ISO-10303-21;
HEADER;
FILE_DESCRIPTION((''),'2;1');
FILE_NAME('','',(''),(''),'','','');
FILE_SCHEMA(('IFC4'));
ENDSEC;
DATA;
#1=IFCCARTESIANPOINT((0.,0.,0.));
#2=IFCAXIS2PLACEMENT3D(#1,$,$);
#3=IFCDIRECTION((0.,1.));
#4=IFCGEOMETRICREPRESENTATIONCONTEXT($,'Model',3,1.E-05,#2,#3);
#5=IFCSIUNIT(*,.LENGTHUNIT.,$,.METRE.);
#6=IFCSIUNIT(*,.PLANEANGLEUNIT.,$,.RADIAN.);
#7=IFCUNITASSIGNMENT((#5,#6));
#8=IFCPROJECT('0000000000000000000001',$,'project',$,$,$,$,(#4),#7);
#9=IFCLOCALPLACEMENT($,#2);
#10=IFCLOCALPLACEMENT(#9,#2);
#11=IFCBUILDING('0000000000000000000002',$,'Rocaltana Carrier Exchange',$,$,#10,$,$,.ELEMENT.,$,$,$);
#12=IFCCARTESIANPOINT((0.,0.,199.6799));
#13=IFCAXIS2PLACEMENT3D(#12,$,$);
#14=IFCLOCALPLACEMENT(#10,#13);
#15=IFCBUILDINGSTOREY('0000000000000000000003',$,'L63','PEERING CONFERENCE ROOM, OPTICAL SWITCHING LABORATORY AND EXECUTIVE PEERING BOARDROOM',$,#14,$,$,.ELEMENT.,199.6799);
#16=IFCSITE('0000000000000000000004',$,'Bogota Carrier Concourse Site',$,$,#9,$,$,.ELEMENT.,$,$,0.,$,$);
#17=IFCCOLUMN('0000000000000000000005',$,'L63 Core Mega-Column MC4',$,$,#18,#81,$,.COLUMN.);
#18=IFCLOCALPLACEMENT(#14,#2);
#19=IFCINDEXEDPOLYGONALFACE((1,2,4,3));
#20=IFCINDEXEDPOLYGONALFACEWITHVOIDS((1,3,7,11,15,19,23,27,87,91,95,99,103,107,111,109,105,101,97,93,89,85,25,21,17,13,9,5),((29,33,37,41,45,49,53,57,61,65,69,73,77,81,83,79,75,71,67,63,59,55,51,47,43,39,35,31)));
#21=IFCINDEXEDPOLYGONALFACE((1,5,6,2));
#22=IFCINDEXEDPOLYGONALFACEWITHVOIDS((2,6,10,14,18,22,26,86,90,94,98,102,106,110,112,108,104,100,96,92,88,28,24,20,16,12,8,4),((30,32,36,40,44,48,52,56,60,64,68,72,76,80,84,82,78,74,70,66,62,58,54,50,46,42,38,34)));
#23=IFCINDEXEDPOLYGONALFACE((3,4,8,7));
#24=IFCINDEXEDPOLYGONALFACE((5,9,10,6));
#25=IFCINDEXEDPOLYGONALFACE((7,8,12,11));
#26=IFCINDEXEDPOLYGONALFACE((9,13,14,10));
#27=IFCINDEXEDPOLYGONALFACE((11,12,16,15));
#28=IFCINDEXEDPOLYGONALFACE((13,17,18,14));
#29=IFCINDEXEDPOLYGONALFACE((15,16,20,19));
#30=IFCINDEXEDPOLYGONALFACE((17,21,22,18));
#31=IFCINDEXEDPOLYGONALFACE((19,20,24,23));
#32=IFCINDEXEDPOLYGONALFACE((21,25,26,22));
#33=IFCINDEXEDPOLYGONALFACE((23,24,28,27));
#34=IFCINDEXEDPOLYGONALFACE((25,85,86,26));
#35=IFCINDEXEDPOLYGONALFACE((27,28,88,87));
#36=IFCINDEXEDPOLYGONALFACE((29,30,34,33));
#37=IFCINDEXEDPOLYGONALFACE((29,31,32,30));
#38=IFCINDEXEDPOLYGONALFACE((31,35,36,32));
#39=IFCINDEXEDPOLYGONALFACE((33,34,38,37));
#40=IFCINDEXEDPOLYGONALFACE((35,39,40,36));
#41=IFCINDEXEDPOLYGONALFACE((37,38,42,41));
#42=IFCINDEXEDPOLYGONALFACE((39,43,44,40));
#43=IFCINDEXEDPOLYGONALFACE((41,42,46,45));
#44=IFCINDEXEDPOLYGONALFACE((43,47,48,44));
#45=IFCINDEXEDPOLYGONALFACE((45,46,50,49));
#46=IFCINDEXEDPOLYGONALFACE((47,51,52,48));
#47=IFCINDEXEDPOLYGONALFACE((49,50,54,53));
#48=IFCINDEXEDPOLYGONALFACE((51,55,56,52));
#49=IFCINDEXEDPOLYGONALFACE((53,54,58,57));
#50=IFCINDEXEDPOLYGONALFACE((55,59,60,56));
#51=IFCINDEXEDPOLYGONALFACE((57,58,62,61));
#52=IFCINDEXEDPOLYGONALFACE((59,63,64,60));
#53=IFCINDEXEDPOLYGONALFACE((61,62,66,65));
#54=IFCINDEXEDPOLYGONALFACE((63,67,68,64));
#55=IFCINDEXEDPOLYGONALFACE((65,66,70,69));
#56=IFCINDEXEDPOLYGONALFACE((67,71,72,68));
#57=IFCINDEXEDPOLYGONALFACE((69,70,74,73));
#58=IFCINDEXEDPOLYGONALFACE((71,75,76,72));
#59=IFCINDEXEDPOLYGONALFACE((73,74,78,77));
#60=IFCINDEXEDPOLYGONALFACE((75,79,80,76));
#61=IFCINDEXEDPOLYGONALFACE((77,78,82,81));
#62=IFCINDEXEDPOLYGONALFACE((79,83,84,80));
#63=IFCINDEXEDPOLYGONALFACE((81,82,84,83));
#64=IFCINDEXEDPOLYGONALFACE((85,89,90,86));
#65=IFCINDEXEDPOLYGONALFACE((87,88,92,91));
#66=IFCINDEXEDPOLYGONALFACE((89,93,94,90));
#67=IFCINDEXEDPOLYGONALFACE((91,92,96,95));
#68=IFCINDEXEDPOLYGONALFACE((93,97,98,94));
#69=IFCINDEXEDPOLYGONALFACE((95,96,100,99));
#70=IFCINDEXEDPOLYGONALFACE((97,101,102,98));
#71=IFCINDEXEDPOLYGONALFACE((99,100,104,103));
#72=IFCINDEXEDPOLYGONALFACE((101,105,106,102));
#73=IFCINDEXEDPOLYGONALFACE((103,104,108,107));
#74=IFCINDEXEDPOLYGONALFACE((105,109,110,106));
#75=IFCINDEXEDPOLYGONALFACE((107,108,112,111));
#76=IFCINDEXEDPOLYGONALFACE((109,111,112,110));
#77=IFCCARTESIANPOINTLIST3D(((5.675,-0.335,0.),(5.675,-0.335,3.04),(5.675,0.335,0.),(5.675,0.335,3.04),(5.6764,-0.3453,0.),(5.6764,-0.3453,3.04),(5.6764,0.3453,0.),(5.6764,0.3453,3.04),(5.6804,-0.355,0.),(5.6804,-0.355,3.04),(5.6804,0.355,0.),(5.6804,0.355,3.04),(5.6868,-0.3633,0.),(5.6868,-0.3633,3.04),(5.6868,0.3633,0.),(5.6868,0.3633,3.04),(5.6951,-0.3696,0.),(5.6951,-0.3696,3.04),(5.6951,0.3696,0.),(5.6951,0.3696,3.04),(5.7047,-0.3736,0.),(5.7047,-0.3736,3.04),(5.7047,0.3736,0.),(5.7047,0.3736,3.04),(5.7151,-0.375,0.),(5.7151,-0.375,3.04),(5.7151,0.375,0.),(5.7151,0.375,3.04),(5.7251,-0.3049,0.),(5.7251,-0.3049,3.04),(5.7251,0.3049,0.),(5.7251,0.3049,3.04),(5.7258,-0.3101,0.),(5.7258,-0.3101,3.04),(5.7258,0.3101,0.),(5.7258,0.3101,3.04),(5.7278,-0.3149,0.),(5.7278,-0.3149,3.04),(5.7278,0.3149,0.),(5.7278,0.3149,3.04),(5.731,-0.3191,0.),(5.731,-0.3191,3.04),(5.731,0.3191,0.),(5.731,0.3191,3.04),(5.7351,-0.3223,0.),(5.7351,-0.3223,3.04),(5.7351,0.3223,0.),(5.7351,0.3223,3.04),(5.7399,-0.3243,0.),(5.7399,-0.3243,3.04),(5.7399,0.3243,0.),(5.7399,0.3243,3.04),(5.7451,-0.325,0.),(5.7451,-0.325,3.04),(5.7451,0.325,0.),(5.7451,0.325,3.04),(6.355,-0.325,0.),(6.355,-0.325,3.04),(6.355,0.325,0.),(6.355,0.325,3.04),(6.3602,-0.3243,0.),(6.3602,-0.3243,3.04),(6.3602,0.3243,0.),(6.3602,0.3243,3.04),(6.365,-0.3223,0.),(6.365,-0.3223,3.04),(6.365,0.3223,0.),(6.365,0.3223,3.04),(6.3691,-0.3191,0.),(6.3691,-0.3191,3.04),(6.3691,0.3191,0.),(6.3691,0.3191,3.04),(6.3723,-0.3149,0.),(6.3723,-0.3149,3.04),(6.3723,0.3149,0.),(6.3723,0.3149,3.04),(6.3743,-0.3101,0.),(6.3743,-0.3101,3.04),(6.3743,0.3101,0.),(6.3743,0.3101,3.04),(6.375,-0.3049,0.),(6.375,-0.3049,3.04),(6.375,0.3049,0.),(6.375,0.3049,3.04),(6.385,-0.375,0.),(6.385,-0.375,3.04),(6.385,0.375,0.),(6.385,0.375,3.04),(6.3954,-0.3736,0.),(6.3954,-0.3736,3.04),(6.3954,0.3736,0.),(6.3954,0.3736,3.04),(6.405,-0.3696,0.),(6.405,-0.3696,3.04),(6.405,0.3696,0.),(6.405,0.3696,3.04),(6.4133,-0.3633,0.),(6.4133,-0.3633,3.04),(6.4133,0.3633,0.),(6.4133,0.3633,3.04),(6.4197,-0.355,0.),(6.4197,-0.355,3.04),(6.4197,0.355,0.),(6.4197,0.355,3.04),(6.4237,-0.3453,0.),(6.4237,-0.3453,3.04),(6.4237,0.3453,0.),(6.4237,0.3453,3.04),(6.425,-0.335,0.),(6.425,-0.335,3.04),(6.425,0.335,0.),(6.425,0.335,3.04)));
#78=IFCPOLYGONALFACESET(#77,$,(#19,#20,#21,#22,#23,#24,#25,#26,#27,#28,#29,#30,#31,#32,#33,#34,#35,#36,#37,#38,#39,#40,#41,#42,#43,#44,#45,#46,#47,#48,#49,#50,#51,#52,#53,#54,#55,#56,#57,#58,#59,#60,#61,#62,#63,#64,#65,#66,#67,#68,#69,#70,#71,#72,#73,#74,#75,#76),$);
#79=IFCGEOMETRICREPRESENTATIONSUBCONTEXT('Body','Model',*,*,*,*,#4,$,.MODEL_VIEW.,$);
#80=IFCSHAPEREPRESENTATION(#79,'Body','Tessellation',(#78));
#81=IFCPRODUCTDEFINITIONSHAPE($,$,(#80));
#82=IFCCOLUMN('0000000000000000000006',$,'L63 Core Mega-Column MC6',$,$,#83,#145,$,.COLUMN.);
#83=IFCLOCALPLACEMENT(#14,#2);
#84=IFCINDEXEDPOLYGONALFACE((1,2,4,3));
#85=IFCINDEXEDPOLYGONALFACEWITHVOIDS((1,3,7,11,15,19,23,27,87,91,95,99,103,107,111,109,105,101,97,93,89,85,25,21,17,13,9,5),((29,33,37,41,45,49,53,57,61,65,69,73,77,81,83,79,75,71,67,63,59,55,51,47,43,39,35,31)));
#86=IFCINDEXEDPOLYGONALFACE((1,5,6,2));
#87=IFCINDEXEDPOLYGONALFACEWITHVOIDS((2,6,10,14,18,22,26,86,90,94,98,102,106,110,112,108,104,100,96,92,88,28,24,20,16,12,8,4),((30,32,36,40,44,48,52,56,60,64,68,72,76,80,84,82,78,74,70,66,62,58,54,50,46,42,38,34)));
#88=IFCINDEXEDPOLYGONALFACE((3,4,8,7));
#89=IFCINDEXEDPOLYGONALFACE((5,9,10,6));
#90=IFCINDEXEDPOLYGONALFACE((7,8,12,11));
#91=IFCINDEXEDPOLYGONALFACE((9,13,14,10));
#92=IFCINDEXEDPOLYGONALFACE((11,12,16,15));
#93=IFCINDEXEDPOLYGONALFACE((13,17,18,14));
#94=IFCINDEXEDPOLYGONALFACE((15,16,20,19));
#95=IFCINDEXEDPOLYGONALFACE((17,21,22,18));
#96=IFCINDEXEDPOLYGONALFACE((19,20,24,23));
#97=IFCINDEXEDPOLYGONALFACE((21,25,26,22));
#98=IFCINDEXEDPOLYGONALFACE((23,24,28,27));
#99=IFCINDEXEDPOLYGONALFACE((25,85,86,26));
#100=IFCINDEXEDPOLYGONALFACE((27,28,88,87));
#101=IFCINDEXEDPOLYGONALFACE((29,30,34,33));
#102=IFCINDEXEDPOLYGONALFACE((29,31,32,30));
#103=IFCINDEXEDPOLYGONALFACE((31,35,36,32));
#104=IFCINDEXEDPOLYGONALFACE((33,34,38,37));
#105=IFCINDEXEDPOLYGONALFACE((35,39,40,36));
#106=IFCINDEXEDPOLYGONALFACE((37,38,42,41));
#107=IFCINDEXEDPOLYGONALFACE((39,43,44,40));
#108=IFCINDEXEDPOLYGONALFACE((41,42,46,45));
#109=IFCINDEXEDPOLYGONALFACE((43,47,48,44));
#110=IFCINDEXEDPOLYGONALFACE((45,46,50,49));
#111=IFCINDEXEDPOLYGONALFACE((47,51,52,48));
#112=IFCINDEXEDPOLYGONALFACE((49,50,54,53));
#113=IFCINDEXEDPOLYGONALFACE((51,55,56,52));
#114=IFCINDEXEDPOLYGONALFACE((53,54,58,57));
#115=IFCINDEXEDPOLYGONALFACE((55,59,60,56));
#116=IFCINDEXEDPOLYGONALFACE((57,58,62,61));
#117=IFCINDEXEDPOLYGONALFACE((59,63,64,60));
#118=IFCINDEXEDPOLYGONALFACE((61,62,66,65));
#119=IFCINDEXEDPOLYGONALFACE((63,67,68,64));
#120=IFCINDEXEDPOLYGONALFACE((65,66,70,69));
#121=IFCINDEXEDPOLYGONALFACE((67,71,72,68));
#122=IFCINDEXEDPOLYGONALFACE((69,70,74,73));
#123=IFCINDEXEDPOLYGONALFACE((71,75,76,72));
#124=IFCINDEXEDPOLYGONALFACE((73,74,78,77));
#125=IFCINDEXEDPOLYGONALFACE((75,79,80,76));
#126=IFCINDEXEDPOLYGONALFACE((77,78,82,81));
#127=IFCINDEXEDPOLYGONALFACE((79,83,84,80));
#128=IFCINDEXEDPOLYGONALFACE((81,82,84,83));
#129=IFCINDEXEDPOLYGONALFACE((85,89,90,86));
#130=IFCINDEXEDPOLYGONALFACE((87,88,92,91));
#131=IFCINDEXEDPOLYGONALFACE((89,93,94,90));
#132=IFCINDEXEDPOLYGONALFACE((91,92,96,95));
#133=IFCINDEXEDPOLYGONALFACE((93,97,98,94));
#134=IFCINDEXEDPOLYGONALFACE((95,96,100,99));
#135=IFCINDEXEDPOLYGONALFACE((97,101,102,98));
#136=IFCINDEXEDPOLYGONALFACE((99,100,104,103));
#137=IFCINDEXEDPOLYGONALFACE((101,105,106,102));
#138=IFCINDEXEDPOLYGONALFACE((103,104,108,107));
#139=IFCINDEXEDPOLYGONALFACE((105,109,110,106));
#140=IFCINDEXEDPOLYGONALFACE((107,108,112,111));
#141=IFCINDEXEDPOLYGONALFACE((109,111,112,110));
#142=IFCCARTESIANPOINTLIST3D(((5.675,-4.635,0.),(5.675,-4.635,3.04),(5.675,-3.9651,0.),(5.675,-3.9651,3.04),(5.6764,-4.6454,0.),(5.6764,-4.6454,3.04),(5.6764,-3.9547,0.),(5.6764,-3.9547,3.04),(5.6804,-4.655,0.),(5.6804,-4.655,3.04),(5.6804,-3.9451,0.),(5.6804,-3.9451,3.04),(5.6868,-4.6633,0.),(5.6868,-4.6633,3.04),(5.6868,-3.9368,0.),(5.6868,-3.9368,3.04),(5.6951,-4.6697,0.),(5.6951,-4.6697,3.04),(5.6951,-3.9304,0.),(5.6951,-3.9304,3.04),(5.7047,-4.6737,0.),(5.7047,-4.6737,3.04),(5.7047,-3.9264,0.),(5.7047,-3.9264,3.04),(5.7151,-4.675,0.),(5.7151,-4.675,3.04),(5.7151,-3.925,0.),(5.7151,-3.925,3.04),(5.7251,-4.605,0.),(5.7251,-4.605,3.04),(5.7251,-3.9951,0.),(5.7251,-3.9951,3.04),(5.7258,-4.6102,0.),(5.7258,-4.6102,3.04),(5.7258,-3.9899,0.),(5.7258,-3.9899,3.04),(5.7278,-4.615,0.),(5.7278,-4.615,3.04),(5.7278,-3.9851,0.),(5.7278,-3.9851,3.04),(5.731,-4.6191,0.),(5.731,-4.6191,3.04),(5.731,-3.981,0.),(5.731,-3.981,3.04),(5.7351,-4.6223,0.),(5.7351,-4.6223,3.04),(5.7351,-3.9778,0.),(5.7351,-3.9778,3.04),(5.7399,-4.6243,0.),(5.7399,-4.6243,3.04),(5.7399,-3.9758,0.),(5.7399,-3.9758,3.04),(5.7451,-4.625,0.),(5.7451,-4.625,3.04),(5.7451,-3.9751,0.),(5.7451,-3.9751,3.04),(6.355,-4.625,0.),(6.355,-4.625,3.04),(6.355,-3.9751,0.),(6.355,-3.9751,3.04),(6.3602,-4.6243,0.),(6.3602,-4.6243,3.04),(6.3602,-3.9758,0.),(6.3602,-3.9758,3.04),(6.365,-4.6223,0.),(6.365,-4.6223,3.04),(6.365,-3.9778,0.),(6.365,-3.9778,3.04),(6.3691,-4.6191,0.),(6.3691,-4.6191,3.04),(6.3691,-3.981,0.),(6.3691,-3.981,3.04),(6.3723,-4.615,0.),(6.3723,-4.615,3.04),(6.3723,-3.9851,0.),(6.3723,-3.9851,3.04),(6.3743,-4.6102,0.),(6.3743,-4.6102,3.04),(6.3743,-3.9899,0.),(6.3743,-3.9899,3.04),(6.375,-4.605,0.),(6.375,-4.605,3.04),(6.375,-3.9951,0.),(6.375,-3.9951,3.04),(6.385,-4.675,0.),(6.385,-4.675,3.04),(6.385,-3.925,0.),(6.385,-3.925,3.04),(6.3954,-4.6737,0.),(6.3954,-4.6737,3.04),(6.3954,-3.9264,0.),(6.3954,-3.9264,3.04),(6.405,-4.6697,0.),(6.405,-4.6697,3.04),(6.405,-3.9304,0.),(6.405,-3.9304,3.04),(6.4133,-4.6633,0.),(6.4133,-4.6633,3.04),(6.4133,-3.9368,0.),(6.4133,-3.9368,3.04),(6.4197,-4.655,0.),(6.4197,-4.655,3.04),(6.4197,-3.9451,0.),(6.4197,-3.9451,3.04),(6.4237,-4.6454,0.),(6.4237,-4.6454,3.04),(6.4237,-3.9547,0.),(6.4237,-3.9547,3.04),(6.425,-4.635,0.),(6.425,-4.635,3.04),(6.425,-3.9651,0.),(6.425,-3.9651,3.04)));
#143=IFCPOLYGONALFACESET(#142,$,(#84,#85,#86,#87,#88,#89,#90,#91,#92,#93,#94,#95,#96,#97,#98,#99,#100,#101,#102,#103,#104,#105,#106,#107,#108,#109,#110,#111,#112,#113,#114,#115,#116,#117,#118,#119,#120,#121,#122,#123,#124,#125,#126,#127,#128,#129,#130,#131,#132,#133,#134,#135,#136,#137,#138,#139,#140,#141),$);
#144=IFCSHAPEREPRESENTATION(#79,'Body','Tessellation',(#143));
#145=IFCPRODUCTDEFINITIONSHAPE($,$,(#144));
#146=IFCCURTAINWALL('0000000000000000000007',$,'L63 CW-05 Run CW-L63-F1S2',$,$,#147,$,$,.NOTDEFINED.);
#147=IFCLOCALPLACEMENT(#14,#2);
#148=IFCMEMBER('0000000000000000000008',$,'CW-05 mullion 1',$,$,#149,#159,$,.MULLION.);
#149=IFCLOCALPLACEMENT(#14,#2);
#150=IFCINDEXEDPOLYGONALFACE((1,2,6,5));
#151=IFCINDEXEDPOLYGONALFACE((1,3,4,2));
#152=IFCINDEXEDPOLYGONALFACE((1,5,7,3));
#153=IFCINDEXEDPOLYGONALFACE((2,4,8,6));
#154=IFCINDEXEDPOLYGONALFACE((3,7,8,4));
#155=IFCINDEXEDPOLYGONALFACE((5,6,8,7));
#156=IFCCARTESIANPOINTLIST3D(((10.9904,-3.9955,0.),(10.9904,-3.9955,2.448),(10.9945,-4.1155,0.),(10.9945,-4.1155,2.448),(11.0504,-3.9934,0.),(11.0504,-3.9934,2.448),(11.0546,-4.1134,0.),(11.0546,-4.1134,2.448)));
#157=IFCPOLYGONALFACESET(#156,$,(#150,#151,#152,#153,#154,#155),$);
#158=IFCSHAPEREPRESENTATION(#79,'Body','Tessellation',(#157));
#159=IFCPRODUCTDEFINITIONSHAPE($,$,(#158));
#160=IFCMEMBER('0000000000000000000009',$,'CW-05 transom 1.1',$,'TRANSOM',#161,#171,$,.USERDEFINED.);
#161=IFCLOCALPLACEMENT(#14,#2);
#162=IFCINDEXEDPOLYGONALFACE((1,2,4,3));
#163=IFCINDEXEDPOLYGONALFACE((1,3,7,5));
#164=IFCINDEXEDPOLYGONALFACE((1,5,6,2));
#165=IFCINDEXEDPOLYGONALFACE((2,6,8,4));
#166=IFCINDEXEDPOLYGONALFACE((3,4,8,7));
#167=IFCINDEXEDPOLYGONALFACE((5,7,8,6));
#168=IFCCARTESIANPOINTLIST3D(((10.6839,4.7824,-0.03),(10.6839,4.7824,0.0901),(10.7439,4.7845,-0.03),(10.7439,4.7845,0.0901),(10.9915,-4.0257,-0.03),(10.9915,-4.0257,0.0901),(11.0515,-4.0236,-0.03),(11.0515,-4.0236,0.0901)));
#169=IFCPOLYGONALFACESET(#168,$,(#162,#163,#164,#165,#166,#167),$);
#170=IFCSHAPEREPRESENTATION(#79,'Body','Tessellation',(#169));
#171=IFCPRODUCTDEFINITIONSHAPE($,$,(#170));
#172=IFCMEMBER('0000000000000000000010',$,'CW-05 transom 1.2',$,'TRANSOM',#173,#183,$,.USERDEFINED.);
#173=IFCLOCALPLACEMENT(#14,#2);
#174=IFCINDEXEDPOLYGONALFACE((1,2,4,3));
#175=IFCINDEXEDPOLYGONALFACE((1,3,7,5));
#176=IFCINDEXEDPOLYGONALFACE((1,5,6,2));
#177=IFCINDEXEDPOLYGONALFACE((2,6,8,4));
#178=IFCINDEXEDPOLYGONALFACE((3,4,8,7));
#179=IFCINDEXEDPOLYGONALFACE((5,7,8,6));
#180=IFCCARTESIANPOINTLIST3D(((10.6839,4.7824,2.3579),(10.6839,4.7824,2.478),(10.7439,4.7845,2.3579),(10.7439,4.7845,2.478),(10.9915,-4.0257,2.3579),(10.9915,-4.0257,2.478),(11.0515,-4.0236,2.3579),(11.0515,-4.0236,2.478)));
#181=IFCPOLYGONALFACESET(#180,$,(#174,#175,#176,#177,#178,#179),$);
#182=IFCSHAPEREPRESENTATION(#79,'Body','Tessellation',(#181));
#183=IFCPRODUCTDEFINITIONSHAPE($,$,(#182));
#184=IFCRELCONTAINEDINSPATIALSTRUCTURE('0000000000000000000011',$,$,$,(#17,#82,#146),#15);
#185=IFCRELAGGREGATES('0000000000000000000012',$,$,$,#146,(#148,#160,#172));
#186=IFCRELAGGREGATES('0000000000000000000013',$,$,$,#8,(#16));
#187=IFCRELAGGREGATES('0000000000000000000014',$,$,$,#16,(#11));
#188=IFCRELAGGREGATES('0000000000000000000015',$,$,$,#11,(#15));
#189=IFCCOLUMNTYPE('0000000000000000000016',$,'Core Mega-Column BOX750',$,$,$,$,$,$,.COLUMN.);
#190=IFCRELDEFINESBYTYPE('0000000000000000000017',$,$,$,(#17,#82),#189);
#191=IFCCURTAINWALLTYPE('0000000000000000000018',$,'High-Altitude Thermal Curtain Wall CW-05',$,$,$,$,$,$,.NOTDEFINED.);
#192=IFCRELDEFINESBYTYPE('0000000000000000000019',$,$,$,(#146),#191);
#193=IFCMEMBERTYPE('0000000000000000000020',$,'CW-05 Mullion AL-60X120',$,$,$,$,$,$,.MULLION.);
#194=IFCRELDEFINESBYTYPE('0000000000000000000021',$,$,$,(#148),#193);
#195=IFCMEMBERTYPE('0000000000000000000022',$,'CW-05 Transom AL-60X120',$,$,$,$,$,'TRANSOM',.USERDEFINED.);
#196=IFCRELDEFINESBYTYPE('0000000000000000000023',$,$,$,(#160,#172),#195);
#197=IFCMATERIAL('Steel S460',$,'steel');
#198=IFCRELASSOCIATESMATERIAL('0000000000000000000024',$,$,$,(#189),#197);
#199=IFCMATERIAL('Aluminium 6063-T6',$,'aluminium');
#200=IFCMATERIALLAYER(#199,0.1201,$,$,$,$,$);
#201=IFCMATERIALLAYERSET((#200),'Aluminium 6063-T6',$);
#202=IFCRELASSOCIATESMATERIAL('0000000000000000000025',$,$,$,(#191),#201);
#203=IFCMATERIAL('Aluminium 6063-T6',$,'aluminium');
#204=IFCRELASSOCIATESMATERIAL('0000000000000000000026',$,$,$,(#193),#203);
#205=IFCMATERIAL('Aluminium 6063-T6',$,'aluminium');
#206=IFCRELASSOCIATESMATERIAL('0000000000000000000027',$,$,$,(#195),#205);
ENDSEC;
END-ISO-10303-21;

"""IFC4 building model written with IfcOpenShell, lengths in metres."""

from ifc_helpers import new_model, si_unit, direction, frame, origin, origin_2d, place, context, subcontext, project, spatial, rectangle, hollow_rectangle, extrude, material, layer, layer_set, material_profile, profile_set, type_object, element, aggregate, save


model = new_model("IFC4")

# Units and contexts
model_context = context("Model", 3, precision=1e-05, world=origin(), true_north=direction((0.0, 1.0)))
body_context = subcontext(model_context, "Body", "Model", "MODEL_VIEW")
ifc_project = project(units=[si_unit("LENGTHUNIT", "METRE"), si_unit("PLANEANGLEUNIT", "RADIAN")], contexts=[model_context])

# Site, building, storey
site_placement = place(None, origin())
site = spatial("IfcSite", under=ifc_project, at=site_placement, Name="Bogota Carrier Concourse Site", CompositionType="ELEMENT", RefElevation=0.0)
building_placement = place(site_placement, origin())
building = spatial("IfcBuilding", under=site, at=building_placement, Name="Rocaltana Carrier Exchange", CompositionType="ELEMENT")
storey_placement = place(building_placement, frame((0.0, 0.0, 199.6799)))
storey = spatial("IfcBuildingStorey", under=building, at=storey_placement, Name="L63", Description="PEERING CONFERENCE ROOM, OPTICAL SWITCHING LABORATORY AND EXECUTIVE PEERING BOARDROOM", CompositionType="ELEMENT", Elevation=199.6799)

# Columns
ifc_material_1 = material(Name="Steel S460", Category="steel")
ifc_material_profile_1 = material_profile(ifc_material_1, hollow_rectangle(XDim=0.75, YDim=0.75, WallThickness=0.05, InnerFilletRadius=0.02, OuterFilletRadius=0.04, at=origin_2d()), Name="BOX750X750X50")
ifc_profile_set_1 = profile_set([ifc_material_profile_1], Name="Steel S460")
column_type = type_object("IfcColumnType", Name="Core Mega-Column BOX750", PredefinedType="COLUMN", material=ifc_profile_set_1)
for number, where, z_axis, x_axis, name in (
    (1, (6.05, 0.0, 0.0), (0.0, 0.0, 1.0), (1.0, 0.0, 0.0), "L63 Core Mega-Column MC4"),
    (2, (6.05, -4.3, 0.0), (0.0, 0.0, 1.0), (1.0, 0.0, 0.0), "L63 Core Mega-Column MC6"),
):
    element("IfcColumn", number, at=place(storey_placement, frame(where, z_axis=z_axis, x_axis=x_axis)), inside=storey, type_object=column_type, Name=name, PredefinedType="COLUMN", context=body_context, shape_type="SweptSolid", body=[
        extrude(hollow_rectangle(XDim=0.75, YDim=0.75, WallThickness=0.05, InnerFilletRadius=0.02, OuterFilletRadius=0.04, at=origin_2d()), origin(), (0.0, 0.0, 1.0), 3.04),
    ])

# Curtain wall, members
ifc_material_2 = material(Name="Aluminium 6063-T6", Category="aluminium")
ifc_layer_1 = layer(ifc_material_2, 0.1201)
ifc_layer_set_1 = layer_set([ifc_layer_1], Name="Aluminium 6063-T6")
curtain_wall_type = type_object("IfcCurtainWallType", Name="High-Altitude Thermal Curtain Wall CW-05", PredefinedType="NOTDEFINED", material=ifc_layer_set_1)
curtain_wall_placement = place(storey_placement, origin())
curtain_wall = element("IfcCurtainWall", 3, at=curtain_wall_placement, inside=storey, type_object=curtain_wall_type, Name="L63 CW-05 Run CW-L63-F1S2", PredefinedType="NOTDEFINED")
ifc_material_3 = material(Name="Aluminium 6063-T6", Category="aluminium")
ifc_material_profile_2 = material_profile(ifc_material_3, rectangle(XDim=0.0601, YDim=0.1201, at=origin_2d()), Name="AL-60X120")
ifc_profile_set_2 = profile_set([ifc_material_profile_2], Name="Aluminium 6063-T6")
member_type_1 = type_object("IfcMemberType", Name="CW-05 Mullion AL-60X120", PredefinedType="MULLION", material=ifc_profile_set_2)
member_1_placement = place(storey_placement, frame((11.0225, -4.0544, 0.0), z_axis=(0.0, 0.0, 1.0), x_axis=(-0.999391, -0.034903, 0.0)))
member_1 = element("IfcMember", 4, at=member_1_placement, type_object=member_type_1, Name="CW-05 mullion 1", PredefinedType="MULLION", context=body_context, shape_type="SweptSolid", body=[
    extrude(rectangle(XDim=0.0601, YDim=0.1201, at=origin_2d()), origin(), (0.0, 0.0, 1.0), 2.448),
])
ifc_material_4 = material(Name="Aluminium 6063-T6", Category="aluminium")
ifc_material_profile_3 = material_profile(ifc_material_4, rectangle(XDim=0.0601, YDim=0.1201, at=origin_2d()), Name="AL-60X120")
ifc_profile_set_3 = profile_set([ifc_material_profile_3], Name="Aluminium 6063-T6")
member_type_2 = type_object("IfcMemberType", Name="CW-05 Transom AL-60X120", ElementType="TRANSOM", PredefinedType="USERDEFINED", material=ifc_profile_set_3)
member_2_placement = place(storey_placement, frame((11.0215, -4.0247, 0.03), z_axis=(-0.034903, 0.999391, 0.0), x_axis=(-0.999391, -0.034903, 0.0)))
member_2 = element("IfcMember", 5, at=member_2_placement, type_object=member_type_2, Name="CW-05 transom 1.1", ObjectType="TRANSOM", PredefinedType="USERDEFINED", context=body_context, shape_type="SweptSolid", body=[
    extrude(rectangle(XDim=0.0601, YDim=0.1201, at=origin_2d()), origin(), (0.0, 0.0, 1.0), 8.8135),
])
member_3_placement = place(storey_placement, frame((11.0215, -4.0247, 2.418), z_axis=(-0.034903, 0.999391, 0.0), x_axis=(-0.999391, -0.034903, 0.0)))
member_3 = element("IfcMember", 6, at=member_3_placement, type_object=member_type_2, Name="CW-05 transom 1.2", ObjectType="TRANSOM", PredefinedType="USERDEFINED", context=body_context, shape_type="SweptSolid", body=[
    extrude(rectangle(XDim=0.0601, YDim=0.1201, at=origin_2d()), origin(), (0.0, 0.0, 1.0), 8.8135),
])
aggregate(curtain_wall, [member_1, member_2, member_3])

save(model, "model.ifc")
